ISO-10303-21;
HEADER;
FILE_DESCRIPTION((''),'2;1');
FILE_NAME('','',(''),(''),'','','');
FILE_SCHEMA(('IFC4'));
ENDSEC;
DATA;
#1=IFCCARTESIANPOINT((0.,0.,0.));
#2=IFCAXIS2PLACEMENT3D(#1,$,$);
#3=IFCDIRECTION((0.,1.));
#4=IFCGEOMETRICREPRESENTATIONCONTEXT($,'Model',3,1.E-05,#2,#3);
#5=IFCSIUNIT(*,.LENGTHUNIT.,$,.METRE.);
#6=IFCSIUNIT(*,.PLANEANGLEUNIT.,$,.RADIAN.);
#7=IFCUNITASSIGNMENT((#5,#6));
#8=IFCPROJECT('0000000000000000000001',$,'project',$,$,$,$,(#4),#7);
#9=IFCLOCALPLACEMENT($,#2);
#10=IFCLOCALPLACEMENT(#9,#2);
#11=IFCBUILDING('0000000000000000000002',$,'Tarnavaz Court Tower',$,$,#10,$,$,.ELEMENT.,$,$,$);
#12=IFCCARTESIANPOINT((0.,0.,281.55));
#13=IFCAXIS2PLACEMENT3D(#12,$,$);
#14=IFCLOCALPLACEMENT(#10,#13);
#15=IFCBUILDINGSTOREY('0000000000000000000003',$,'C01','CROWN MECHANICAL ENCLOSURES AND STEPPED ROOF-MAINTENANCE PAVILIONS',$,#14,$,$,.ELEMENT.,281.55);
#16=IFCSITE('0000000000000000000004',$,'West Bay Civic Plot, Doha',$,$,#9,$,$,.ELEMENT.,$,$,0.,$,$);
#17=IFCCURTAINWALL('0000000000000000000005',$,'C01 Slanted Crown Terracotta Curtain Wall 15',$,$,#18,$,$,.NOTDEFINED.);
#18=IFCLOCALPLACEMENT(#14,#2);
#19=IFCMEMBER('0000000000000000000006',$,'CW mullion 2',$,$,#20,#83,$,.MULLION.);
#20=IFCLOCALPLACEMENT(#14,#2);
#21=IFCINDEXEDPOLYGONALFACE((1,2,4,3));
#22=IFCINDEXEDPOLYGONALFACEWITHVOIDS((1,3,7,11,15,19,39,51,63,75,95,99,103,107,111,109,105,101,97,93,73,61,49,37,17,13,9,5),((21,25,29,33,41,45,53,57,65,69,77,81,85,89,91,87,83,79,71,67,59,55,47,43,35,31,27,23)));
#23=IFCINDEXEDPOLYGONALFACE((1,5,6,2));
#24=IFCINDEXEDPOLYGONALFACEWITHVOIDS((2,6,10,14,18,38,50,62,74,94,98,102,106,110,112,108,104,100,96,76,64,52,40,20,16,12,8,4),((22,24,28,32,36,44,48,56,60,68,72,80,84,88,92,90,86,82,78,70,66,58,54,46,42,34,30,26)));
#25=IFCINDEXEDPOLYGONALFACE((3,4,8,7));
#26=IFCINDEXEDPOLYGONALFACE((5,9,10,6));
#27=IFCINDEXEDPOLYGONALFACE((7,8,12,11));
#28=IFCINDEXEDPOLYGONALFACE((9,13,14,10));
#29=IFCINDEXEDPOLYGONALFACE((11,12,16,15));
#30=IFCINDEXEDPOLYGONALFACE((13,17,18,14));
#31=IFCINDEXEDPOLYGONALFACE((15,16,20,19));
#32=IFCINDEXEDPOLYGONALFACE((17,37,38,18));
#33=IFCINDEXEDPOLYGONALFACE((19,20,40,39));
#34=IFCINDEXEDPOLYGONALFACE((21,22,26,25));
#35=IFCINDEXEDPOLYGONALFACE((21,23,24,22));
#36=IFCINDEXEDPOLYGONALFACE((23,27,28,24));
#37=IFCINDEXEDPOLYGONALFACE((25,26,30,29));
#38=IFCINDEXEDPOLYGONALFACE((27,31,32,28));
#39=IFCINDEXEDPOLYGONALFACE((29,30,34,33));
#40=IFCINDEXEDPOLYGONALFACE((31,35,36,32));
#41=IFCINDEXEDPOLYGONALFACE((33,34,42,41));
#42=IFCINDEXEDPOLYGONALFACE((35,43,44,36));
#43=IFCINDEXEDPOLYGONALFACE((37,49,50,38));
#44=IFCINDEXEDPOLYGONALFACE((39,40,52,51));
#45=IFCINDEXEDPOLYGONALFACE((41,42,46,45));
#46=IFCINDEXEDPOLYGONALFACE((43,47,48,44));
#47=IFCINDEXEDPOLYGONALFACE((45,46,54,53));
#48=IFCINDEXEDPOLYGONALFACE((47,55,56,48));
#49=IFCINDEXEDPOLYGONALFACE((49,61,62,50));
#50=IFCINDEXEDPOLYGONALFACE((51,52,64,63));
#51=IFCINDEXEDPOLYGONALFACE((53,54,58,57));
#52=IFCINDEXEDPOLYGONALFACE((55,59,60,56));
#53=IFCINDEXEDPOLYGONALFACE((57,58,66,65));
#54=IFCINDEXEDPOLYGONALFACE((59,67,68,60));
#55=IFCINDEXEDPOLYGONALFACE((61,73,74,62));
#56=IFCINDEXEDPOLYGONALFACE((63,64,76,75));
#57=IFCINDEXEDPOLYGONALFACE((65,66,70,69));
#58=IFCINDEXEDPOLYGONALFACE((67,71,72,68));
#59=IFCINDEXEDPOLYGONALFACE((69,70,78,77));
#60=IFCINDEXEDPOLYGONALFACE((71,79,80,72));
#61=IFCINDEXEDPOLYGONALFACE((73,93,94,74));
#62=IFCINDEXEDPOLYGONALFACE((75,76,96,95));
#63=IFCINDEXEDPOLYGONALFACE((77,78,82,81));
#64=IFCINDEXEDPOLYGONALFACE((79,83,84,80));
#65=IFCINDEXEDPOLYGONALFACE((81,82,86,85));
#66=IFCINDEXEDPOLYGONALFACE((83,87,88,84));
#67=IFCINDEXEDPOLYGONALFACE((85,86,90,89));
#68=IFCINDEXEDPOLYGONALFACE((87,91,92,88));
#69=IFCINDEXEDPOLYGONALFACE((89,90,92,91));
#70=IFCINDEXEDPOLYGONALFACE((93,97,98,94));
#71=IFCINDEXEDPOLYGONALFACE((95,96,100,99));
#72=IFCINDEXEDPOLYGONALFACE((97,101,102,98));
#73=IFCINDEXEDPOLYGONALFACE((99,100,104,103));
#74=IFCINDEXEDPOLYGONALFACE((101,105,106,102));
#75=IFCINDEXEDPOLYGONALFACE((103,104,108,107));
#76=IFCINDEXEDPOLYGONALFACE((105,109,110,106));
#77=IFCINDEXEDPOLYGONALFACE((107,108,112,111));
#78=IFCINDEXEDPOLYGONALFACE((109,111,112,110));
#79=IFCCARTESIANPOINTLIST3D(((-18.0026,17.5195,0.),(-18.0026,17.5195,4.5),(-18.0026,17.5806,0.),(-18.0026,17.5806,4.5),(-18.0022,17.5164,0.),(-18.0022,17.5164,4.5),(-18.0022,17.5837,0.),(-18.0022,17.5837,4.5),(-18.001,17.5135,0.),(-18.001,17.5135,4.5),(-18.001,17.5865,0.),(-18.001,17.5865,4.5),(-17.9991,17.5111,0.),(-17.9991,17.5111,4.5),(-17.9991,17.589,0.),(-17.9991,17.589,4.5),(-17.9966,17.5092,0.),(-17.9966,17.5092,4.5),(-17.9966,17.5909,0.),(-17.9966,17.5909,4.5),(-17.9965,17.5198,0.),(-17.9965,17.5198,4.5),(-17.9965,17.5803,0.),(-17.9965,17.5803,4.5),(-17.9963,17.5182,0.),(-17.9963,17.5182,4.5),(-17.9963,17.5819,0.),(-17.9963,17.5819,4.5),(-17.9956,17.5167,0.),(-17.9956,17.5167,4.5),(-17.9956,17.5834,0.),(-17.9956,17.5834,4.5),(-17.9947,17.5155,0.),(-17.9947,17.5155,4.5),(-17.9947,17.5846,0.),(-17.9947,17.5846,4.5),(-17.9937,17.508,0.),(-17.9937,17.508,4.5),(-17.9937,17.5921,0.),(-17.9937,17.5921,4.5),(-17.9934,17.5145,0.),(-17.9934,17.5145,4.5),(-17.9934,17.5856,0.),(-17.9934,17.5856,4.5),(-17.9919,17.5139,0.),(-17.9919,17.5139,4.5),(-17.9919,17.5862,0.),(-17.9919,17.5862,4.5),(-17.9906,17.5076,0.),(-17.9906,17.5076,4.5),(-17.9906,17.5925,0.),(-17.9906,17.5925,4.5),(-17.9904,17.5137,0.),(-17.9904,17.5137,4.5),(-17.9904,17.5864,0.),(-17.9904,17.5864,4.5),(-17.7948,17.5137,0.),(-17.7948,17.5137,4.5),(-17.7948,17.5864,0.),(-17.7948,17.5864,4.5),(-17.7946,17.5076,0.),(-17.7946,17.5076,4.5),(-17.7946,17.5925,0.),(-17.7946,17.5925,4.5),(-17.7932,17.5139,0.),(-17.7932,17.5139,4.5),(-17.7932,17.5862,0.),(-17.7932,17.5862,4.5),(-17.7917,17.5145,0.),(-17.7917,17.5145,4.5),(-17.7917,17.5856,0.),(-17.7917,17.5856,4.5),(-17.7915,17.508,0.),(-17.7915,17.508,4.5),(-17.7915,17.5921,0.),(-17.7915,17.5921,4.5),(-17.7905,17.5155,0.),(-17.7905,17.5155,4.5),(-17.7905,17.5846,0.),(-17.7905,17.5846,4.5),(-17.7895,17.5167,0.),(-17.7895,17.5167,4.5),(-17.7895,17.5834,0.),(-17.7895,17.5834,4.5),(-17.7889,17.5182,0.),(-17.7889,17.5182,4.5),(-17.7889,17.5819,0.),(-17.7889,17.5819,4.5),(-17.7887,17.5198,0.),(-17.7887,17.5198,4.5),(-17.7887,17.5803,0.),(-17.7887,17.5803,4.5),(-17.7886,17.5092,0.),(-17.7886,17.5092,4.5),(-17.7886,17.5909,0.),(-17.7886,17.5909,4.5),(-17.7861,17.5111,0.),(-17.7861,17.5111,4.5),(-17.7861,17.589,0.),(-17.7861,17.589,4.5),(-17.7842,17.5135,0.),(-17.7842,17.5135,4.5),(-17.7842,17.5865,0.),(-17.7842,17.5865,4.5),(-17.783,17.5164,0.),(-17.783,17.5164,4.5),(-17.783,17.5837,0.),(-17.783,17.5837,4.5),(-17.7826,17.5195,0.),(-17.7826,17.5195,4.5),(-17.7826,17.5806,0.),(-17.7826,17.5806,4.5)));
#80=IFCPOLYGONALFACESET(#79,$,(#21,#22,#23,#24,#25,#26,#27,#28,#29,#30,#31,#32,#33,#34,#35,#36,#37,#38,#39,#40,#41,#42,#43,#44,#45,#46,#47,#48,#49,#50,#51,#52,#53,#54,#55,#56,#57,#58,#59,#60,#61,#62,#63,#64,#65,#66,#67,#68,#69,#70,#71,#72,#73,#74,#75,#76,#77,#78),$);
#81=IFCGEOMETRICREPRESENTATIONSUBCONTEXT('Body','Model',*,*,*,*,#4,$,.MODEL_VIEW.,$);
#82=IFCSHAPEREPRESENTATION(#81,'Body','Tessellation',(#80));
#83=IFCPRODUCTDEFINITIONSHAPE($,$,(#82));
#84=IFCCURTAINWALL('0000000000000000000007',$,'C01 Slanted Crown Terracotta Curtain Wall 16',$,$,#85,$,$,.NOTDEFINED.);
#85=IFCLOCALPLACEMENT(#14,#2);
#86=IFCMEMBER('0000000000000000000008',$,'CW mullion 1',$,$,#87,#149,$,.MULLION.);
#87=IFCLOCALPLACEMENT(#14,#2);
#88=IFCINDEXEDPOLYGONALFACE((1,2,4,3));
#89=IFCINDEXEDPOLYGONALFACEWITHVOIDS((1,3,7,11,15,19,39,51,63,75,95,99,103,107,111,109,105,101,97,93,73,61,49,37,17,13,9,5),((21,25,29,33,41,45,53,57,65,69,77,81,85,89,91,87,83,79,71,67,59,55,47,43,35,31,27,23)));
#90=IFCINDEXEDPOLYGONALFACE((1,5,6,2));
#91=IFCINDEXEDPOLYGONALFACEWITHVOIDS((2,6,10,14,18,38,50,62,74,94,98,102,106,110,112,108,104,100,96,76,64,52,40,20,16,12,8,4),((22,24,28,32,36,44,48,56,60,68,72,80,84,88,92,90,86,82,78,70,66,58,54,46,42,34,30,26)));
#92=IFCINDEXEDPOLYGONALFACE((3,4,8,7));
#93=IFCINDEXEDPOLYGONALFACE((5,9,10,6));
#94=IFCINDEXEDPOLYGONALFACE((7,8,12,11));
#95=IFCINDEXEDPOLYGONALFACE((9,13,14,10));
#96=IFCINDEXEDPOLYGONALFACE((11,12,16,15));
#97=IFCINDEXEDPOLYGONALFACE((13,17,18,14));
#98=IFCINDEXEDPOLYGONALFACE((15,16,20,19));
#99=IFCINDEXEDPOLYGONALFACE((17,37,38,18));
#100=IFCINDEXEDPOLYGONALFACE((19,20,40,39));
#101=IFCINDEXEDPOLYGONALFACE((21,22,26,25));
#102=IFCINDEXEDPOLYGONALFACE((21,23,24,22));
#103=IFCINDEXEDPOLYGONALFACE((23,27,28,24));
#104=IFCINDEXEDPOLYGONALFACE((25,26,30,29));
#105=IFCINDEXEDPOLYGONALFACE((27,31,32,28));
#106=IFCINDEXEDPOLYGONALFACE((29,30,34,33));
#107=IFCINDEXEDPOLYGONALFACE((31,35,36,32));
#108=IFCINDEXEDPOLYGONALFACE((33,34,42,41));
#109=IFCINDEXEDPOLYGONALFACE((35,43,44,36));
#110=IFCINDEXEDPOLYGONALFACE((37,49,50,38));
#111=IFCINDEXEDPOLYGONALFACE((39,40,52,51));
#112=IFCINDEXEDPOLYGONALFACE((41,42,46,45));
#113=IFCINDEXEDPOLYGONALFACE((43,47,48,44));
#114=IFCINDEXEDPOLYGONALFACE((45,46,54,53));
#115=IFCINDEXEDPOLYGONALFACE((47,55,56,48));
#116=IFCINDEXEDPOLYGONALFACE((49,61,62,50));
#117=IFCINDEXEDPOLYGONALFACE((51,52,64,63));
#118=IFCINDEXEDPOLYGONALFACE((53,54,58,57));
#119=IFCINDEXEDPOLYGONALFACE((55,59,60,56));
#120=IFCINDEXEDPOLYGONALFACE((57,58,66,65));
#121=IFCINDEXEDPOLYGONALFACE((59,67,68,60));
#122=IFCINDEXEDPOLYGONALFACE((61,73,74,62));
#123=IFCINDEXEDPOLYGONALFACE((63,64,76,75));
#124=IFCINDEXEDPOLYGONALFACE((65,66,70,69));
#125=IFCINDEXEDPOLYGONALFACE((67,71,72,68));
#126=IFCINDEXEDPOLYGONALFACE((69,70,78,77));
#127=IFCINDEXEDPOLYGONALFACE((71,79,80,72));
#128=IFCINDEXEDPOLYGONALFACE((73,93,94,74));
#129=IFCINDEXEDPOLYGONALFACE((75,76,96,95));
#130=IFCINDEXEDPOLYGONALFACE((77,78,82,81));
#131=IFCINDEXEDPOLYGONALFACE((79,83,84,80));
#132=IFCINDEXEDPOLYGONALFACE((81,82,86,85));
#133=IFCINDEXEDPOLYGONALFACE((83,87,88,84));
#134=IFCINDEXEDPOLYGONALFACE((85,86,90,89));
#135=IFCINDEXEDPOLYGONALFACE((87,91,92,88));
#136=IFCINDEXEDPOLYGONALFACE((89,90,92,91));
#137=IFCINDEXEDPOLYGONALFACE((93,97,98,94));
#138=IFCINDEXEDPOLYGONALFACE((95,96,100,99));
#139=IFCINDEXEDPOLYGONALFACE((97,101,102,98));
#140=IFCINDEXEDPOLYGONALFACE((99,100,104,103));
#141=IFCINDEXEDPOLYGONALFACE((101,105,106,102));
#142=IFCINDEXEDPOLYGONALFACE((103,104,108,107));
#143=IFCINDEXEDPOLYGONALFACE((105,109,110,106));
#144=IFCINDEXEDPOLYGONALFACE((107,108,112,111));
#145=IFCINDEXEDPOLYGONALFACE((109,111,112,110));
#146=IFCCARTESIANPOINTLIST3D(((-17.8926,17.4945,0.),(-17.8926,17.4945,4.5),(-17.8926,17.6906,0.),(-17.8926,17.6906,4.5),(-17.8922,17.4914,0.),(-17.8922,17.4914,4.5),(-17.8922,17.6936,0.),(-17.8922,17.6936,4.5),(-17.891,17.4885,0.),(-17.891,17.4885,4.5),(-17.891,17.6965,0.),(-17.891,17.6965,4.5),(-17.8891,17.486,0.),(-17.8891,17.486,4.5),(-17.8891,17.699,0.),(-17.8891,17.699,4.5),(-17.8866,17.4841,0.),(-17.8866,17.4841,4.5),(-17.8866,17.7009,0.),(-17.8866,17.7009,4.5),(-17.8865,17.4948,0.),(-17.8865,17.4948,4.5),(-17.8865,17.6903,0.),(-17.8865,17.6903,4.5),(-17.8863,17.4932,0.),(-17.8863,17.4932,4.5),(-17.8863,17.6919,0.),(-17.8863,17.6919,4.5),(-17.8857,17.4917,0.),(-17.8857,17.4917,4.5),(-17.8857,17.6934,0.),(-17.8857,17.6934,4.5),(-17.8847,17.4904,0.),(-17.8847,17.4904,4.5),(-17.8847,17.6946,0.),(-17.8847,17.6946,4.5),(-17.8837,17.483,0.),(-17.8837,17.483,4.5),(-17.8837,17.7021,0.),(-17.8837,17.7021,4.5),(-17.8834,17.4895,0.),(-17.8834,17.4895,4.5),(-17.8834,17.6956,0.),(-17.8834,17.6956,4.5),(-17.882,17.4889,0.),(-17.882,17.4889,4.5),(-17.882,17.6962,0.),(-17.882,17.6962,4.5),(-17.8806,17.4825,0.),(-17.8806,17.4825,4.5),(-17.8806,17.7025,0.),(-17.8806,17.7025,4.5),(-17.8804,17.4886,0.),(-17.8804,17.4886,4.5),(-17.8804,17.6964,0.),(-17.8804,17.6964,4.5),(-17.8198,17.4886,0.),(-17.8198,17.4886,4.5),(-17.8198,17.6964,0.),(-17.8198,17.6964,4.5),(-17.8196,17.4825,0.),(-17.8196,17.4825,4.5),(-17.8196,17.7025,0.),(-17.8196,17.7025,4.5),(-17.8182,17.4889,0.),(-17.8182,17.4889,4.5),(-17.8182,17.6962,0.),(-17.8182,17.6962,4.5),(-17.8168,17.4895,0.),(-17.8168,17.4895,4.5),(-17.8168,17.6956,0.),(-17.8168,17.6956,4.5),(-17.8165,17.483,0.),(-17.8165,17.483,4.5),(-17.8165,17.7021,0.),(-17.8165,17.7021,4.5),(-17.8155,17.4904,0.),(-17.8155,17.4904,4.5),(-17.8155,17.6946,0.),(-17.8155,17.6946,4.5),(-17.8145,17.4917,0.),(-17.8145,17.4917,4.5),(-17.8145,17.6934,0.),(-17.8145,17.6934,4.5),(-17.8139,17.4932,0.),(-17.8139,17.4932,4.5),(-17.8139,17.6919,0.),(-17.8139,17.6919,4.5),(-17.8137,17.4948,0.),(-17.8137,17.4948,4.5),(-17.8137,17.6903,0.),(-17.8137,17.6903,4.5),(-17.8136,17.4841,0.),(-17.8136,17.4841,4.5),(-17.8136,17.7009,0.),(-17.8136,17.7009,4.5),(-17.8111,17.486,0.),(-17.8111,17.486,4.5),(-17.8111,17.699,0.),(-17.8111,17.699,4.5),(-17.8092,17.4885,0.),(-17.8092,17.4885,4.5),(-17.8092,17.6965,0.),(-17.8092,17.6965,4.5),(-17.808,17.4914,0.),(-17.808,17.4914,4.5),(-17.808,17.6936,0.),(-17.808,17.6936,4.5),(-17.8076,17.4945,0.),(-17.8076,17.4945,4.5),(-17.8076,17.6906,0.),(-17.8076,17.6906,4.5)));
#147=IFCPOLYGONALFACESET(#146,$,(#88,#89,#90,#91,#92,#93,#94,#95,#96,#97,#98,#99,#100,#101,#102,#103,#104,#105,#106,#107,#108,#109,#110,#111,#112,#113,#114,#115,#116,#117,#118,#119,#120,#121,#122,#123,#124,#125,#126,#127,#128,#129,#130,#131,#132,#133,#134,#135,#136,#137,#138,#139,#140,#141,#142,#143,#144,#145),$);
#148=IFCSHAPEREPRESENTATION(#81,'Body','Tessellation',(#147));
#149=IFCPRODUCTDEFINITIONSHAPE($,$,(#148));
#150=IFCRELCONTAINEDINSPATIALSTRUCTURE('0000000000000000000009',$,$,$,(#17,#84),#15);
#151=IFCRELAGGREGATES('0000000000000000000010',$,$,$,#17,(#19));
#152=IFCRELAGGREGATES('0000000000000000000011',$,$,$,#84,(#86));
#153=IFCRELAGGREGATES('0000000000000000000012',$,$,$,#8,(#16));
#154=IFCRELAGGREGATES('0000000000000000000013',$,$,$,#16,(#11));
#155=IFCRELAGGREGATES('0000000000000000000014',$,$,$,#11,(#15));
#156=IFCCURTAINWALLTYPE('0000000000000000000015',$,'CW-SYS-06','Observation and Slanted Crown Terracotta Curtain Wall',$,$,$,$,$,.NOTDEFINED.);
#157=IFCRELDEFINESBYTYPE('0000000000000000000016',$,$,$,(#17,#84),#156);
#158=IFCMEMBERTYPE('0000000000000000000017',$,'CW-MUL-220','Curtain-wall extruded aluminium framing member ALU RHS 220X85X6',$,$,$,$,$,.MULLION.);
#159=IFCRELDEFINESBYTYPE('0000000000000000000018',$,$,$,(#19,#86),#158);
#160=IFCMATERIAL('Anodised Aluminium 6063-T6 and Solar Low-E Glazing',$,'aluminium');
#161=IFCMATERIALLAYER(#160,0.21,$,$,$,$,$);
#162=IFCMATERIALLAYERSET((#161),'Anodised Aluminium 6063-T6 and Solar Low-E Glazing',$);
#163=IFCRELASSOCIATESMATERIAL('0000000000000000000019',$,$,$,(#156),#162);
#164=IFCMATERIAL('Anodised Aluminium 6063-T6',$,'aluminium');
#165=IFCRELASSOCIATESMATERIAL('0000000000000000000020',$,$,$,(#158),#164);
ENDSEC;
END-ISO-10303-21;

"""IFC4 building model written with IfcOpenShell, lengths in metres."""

from ifc_helpers import new_model, si_unit, direction, frame, origin, origin_2d, place, context, subcontext, project, spatial, hollow_rectangle, extrude, material, layer, layer_set, material_profile, profile_set, type_object, element, aggregate, save


model = new_model("IFC4")

# Units and contexts
model_context = context("Model", 3, precision=1e-05, world=origin(), true_north=direction((0.0, 1.0)))
body_context = subcontext(model_context, "Body", "Model", "MODEL_VIEW")
ifc_project = project(units=[si_unit("LENGTHUNIT", "METRE"), si_unit("PLANEANGLEUNIT", "RADIAN")], contexts=[model_context])

# Site, building, storey
site_placement = place(None, origin())
site = spatial("IfcSite", under=ifc_project, at=site_placement, Name="West Bay Civic Plot, Doha", CompositionType="ELEMENT", RefElevation=0.0)
building_placement = place(site_placement, origin())
building = spatial("IfcBuilding", under=site, at=building_placement, Name="Tarnavaz Court Tower", CompositionType="ELEMENT")
storey_placement = place(building_placement, frame((0.0, 0.0, 281.55)))
storey = spatial("IfcBuildingStorey", under=building, at=storey_placement, Name="C01", Description="CROWN MECHANICAL ENCLOSURES AND STEPPED ROOF-MAINTENANCE PAVILIONS", CompositionType="ELEMENT", Elevation=281.55)

# Shared definitions
ifc_material_1 = material(Name="Anodised Aluminium 6063-T6 and Solar Low-E Glazing", Category="aluminium")
ifc_layer_1 = layer(ifc_material_1, 0.21)
ifc_layer_set_1 = layer_set([ifc_layer_1], Name="Anodised Aluminium 6063-T6 and Solar Low-E Glazing")
curtain_wall_type = type_object("IfcCurtainWallType", Name="CW-SYS-06", Description="Observation and Slanted Crown Terracotta Curtain Wall", PredefinedType="NOTDEFINED", material=ifc_layer_set_1)
ifc_material_2 = material(Name="Anodised Aluminium 6063-T6", Category="aluminium")
ifc_material_profile_1 = material_profile(ifc_material_2, hollow_rectangle(XDim=0.085, YDim=0.22, WallThickness=0.0061, InnerFilletRadius=0.0061, OuterFilletRadius=0.012, at=origin_2d()), Name="ALU RHS 220X85X6")
ifc_profile_set_1 = profile_set([ifc_material_profile_1], Name="Anodised Aluminium 6063-T6")
member_type_1 = type_object("IfcMemberType", Name="CW-MUL-220", Description="Curtain-wall extruded aluminium framing member ALU RHS 220X85X6", PredefinedType="MULLION", material=ifc_profile_set_1)

# Curtain walls, members
curtain_wall_1_placement = place(storey_placement, origin())
curtain_wall_1 = element("IfcCurtainWall", 1, at=curtain_wall_1_placement, inside=storey, type_object=curtain_wall_type, Name="C01 Slanted Crown Terracotta Curtain Wall 15", PredefinedType="NOTDEFINED")
member_1_placement = place(storey_placement, frame((-17.8926, 17.55, 0.0), z_axis=(0.0, 0.0, 1.0), x_axis=(0.0, 1.0, 0.0)))
member_1 = element("IfcMember", 2, at=member_1_placement, type_object=member_type_1, Name="CW mullion 2", PredefinedType="MULLION", context=body_context, shape_type="SweptSolid", body=[
    extrude(hollow_rectangle(XDim=0.085, YDim=0.22, WallThickness=0.0061, InnerFilletRadius=0.0061, OuterFilletRadius=0.012, at=origin_2d()), origin(), (0.0, 0.0, 1.0), 4.5),
])
curtain_wall_2_placement = place(storey_placement, origin())
curtain_wall_2 = element("IfcCurtainWall", 3, at=curtain_wall_2_placement, inside=storey, type_object=curtain_wall_type, Name="C01 Slanted Crown Terracotta Curtain Wall 16", PredefinedType="NOTDEFINED")
member_2_placement = place(storey_placement, frame((-17.8501, 17.5925, 0.0), z_axis=(0.0, 0.0, 1.0), x_axis=(-1.0, 0.0, 0.0)))
member_2 = element("IfcMember", 4, at=member_2_placement, type_object=member_type_1, Name="CW mullion 1", PredefinedType="MULLION", context=body_context, shape_type="SweptSolid", body=[
    extrude(hollow_rectangle(XDim=0.085, YDim=0.22, WallThickness=0.0061, InnerFilletRadius=0.0061, OuterFilletRadius=0.012, at=origin_2d()), origin(), (0.0, 0.0, 1.0), 4.5),
])

aggregate(curtain_wall_1, [member_1])
aggregate(curtain_wall_2, [member_2])

save(model, "model.ifc")
